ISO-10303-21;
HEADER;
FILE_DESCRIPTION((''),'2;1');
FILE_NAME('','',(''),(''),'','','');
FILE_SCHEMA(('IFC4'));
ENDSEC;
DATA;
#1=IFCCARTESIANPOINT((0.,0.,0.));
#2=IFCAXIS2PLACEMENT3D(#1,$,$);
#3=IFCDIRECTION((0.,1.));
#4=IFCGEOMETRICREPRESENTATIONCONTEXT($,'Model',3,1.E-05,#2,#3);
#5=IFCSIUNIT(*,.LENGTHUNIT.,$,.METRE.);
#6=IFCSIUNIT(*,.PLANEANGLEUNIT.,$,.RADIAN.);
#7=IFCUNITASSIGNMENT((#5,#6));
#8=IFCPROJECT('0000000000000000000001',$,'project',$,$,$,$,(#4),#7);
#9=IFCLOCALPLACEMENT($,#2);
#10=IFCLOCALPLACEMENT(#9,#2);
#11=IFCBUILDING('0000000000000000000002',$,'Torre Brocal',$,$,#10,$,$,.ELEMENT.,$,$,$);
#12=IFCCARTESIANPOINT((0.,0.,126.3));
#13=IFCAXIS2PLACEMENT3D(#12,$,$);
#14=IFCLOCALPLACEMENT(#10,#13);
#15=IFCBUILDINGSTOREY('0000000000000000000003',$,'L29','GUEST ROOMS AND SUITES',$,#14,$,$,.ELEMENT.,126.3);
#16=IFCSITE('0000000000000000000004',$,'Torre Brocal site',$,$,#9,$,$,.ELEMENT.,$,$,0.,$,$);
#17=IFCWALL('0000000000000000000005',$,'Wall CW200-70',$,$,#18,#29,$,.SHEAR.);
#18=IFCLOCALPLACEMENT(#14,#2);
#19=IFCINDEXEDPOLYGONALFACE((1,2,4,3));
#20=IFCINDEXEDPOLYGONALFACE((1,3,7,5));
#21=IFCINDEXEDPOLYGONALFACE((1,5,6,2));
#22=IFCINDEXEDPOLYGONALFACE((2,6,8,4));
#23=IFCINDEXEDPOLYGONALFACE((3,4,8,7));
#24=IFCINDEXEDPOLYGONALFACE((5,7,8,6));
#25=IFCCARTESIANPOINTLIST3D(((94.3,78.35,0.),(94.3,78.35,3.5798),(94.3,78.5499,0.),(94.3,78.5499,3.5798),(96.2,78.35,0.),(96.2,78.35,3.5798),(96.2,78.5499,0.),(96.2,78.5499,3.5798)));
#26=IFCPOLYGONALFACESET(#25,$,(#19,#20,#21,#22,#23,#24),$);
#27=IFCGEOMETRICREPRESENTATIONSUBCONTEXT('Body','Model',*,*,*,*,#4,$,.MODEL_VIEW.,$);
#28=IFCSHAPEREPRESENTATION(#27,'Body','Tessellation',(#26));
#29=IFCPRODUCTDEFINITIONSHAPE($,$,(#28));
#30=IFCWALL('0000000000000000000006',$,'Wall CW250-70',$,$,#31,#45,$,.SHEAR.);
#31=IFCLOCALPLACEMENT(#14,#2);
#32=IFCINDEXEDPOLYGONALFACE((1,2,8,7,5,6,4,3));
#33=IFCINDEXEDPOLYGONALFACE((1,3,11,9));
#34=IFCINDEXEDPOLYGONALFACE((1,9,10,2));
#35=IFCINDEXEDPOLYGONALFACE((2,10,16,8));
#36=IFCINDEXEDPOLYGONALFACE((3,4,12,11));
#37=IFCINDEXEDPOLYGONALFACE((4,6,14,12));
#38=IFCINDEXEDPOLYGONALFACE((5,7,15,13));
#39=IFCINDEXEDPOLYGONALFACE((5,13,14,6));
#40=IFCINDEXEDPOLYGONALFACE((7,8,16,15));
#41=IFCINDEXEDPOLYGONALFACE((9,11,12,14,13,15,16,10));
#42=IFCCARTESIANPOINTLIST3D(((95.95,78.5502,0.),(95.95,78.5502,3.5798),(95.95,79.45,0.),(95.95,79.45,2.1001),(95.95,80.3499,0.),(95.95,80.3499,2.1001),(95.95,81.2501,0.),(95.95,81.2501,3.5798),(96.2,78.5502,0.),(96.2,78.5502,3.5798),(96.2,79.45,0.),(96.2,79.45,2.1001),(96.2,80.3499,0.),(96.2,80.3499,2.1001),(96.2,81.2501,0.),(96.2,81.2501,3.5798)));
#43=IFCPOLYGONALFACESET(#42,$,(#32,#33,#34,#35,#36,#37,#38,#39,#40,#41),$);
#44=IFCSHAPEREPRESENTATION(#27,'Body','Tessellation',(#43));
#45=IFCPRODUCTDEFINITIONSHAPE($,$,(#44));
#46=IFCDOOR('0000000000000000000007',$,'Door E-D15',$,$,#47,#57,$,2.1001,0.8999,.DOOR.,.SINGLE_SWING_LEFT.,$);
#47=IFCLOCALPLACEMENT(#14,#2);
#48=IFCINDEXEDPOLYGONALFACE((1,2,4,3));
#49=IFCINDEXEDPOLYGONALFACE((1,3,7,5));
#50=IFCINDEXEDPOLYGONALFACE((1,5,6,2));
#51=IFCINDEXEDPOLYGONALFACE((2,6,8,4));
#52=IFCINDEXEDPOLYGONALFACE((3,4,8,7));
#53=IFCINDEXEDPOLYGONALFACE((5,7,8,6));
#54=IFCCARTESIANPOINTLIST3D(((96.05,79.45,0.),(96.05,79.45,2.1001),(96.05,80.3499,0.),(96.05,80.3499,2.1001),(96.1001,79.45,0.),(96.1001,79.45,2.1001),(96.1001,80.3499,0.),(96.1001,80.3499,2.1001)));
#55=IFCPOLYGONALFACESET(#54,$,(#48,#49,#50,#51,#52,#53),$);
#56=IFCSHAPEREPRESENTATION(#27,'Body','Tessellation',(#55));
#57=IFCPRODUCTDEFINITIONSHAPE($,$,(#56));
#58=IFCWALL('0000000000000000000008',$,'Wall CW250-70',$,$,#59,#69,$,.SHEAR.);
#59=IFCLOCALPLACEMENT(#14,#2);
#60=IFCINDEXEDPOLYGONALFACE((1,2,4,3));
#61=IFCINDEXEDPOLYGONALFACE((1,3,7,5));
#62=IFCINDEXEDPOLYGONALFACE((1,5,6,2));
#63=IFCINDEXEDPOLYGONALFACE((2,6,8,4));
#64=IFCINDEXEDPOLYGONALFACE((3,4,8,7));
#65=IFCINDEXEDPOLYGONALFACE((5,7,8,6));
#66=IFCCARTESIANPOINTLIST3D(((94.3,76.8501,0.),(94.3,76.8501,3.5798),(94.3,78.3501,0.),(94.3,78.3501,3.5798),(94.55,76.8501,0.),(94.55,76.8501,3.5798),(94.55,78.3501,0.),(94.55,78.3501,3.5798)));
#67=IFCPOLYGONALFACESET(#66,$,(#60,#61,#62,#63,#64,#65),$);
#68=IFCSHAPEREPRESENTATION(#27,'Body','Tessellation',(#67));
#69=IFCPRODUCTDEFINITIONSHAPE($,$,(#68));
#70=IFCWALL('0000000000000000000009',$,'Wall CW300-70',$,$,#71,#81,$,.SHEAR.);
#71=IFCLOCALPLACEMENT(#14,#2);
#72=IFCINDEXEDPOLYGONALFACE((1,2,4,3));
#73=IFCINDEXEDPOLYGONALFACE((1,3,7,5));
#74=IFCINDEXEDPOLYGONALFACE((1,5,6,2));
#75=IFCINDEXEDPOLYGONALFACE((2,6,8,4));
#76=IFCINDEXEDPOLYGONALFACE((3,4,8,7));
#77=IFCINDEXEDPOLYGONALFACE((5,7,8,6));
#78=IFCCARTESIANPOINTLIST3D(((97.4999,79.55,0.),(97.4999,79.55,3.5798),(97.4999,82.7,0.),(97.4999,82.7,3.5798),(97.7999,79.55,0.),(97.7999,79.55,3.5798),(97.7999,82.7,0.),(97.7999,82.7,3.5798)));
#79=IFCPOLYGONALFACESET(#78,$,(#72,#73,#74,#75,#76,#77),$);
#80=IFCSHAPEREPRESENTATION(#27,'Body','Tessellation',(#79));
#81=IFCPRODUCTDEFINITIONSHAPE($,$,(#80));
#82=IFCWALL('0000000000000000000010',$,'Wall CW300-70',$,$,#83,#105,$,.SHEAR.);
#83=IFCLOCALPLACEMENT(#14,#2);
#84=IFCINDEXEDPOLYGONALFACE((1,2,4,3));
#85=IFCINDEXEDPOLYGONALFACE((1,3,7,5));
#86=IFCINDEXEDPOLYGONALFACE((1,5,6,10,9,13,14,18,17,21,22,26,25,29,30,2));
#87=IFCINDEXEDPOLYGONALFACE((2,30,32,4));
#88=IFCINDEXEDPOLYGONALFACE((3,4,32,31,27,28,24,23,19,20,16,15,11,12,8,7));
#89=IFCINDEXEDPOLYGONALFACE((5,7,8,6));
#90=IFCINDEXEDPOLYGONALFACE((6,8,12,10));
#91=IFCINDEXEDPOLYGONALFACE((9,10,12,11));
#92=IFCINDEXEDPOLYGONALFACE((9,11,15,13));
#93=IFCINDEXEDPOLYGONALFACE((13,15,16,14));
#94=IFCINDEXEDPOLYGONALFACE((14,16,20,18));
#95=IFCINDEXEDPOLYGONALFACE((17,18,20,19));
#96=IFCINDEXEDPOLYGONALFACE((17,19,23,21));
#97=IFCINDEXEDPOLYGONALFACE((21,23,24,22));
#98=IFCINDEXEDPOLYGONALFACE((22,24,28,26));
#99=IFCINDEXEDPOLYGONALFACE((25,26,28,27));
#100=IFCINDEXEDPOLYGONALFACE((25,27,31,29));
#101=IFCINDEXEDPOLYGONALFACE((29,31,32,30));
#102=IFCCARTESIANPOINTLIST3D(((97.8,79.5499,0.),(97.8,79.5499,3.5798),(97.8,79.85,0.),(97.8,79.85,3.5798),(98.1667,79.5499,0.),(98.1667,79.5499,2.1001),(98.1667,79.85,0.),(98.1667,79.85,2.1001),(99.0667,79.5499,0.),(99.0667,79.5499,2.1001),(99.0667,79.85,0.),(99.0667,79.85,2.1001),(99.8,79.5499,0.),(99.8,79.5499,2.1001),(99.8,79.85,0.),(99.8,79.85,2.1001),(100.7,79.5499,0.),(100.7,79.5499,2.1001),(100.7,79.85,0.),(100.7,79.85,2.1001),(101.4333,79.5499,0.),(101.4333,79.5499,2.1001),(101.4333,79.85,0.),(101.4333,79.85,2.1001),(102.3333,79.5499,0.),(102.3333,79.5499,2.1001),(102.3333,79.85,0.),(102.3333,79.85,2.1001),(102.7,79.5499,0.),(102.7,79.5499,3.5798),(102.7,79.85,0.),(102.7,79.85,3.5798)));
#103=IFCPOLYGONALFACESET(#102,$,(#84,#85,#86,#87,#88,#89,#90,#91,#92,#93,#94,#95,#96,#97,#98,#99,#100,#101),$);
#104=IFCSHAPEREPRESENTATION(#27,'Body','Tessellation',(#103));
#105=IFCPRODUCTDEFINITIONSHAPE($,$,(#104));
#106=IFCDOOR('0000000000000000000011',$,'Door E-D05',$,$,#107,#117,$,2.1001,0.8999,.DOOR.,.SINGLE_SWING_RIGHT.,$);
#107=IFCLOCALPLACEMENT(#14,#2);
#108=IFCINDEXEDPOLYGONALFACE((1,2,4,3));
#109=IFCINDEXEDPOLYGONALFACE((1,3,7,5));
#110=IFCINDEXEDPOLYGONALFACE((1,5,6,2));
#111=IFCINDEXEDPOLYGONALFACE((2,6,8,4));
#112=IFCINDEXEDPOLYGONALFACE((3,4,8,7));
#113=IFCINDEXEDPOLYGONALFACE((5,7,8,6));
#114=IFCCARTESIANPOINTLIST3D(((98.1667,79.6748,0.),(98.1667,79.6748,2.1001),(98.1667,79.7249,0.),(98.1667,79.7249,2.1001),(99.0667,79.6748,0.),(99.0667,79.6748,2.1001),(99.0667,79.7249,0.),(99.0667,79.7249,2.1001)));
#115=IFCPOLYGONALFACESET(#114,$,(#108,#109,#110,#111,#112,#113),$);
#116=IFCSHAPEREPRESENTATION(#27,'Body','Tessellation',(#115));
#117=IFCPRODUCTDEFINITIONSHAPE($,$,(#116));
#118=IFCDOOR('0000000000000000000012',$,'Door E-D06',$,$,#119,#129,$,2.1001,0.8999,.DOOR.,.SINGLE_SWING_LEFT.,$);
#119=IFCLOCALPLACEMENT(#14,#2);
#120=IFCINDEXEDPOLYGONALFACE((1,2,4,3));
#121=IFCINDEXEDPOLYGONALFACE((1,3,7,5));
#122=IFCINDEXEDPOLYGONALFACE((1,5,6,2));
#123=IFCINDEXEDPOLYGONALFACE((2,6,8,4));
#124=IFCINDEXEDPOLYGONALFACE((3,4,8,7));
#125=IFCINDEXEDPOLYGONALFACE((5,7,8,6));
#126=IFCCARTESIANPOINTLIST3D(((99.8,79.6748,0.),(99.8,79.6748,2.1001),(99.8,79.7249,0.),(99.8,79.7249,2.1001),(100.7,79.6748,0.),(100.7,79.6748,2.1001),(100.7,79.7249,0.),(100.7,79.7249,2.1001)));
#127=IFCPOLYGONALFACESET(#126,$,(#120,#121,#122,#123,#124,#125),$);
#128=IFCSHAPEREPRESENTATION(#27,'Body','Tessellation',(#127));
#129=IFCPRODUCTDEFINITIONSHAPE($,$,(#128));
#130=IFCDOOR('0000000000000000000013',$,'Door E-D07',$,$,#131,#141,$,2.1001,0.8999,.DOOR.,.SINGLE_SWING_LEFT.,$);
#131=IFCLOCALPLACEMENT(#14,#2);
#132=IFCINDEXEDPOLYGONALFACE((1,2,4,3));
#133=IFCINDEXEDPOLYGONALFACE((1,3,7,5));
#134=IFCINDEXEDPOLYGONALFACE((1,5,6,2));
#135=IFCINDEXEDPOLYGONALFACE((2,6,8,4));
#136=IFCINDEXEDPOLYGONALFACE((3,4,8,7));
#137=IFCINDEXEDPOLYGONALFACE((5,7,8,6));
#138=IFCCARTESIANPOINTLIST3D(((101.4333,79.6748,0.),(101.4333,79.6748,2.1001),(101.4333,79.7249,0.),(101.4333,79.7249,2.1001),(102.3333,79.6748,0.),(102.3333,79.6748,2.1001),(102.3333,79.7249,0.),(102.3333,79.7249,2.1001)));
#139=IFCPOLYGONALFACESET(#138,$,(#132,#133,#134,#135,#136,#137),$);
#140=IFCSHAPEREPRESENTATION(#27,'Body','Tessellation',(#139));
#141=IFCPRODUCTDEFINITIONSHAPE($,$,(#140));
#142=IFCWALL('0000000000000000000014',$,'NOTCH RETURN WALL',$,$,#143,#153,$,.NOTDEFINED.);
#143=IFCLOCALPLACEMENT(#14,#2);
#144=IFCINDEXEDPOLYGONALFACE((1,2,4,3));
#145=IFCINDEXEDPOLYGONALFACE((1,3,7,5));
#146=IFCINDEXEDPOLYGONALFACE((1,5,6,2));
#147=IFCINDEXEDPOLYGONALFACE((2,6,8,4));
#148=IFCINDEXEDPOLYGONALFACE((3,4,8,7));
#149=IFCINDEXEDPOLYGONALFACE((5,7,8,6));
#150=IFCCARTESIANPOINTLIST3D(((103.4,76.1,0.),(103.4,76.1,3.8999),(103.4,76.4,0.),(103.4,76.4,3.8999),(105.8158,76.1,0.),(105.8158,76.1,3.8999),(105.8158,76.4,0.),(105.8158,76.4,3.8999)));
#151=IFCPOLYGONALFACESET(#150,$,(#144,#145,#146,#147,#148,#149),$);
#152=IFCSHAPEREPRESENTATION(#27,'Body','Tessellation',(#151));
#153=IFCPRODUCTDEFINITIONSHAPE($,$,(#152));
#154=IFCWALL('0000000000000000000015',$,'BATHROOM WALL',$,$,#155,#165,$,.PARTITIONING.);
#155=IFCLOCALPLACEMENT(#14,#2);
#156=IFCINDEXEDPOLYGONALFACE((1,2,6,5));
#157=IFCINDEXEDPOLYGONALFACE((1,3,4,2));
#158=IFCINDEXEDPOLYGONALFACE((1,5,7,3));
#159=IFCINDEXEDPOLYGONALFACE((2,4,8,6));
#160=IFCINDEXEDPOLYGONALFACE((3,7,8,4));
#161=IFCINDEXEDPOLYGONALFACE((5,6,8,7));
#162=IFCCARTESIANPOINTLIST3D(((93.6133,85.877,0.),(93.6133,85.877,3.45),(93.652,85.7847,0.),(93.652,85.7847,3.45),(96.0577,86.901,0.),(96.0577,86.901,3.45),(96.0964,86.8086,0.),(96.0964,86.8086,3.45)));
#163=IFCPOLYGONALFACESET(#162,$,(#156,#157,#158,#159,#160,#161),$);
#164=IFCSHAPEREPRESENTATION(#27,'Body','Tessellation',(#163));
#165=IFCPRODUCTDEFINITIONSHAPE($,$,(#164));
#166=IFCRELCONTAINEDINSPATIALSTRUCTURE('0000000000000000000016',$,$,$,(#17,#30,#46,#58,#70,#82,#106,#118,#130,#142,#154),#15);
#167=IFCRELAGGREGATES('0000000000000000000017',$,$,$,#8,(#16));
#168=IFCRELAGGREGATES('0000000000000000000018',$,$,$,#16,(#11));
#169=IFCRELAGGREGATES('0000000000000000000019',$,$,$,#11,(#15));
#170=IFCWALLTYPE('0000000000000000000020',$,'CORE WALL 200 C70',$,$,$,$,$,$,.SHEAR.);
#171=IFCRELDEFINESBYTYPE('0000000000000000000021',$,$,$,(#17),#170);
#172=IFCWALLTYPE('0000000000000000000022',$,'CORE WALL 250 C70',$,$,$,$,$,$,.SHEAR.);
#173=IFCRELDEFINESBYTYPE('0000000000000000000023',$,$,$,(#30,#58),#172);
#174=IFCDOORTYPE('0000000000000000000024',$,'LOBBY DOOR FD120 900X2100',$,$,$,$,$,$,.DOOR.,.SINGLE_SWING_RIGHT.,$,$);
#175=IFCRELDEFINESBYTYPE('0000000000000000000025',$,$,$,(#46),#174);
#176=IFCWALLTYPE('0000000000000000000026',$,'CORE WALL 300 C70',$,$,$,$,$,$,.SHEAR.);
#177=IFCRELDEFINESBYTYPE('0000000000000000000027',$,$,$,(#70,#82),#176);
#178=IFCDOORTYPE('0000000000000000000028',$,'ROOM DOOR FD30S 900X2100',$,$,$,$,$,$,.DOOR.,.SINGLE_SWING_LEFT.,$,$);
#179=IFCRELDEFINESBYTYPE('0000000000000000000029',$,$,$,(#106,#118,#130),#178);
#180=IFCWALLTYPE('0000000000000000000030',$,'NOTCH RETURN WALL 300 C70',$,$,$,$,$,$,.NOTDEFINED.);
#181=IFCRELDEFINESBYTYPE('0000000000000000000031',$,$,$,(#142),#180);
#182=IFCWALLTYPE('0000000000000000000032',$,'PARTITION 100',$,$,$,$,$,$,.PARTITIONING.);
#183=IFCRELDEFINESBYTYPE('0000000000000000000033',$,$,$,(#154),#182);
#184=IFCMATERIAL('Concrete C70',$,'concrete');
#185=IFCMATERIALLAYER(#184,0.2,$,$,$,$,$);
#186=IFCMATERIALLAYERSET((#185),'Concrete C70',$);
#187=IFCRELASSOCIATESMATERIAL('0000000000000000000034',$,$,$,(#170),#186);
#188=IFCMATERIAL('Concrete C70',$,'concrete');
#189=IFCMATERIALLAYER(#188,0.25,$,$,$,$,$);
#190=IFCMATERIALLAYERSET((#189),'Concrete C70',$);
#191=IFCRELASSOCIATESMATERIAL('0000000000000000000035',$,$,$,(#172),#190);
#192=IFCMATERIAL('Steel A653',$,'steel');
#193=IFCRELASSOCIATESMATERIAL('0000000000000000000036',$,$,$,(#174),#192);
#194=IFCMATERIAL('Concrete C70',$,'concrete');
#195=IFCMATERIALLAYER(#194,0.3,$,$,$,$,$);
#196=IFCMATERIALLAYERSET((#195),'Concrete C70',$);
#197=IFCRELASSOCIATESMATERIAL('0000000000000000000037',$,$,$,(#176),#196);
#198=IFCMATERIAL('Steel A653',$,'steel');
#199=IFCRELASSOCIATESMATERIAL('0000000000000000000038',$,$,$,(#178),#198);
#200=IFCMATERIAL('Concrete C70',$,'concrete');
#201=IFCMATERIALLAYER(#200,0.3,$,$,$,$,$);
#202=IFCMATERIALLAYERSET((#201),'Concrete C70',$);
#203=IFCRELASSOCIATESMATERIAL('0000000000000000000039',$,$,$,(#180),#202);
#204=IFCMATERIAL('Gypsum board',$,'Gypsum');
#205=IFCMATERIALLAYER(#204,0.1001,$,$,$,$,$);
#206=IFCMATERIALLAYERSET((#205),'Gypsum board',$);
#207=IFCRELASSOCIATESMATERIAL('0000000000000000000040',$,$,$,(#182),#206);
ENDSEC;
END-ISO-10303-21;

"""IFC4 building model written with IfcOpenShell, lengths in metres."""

from ifc_helpers import new_model, si_unit, direction, frame, frame_2d, origin, place, context, subcontext, project, spatial, rectangle, extrude, material, layer, layer_set, type_object, element, fill, save


model = new_model("IFC4")

# Units and contexts
model_context = context("Model", 3, precision=1e-05, world=origin(), true_north=direction((0.0, 1.0)))
body_context = subcontext(model_context, "Body", "Model", "MODEL_VIEW")
ifc_project = project(units=[si_unit("LENGTHUNIT", "METRE"), si_unit("PLANEANGLEUNIT", "RADIAN")], contexts=[model_context])

# Site, building, storey
site_placement = place(None, origin())
site = spatial("IfcSite", under=ifc_project, at=site_placement, Name="Torre Brocal site", CompositionType="ELEMENT", RefElevation=0.0)
building_placement = place(site_placement, origin())
building = spatial("IfcBuilding", under=site, at=building_placement, Name="Torre Brocal", CompositionType="ELEMENT")
storey_placement = place(building_placement, frame((0.0, 0.0, 126.3)))
storey = spatial("IfcBuildingStorey", under=building, at=storey_placement, Name="L29", Description="GUEST ROOMS AND SUITES", CompositionType="ELEMENT", Elevation=126.3)

# Wall
ifc_material_1 = material(Name="Concrete C70", Category="concrete")
ifc_layer_1 = layer(ifc_material_1, 0.2)
ifc_layer_set_1 = layer_set([ifc_layer_1], Name="Concrete C70")
wall_type_1 = type_object("IfcWallType", Name="CORE WALL 200 C70", PredefinedType="SHEAR", material=ifc_layer_set_1)
wall_1_placement = place(storey_placement, frame((94.3, 78.45, 0.0), z_axis=(0.0, 0.0, 1.0), x_axis=(1.0, 0.0, 0.0)))
element("IfcWall", 1, at=wall_1_placement, inside=storey, type_object=wall_type_1, Name="Wall CW200-70", PredefinedType="SHEAR", context=body_context, shape_type="SweptSolid", body=[
    extrude(rectangle(XDim=1.8999, YDim=0.2, at=frame_2d((0.95, 0.0))), origin(), (0.0, 0.0, 1.0), 3.5798),
])

# Wall, opening, door
ifc_material_2 = material(Name="Concrete C70", Category="concrete")
ifc_layer_2 = layer(ifc_material_2, 0.25)
ifc_layer_set_2 = layer_set([ifc_layer_2], Name="Concrete C70")
wall_type_2 = type_object("IfcWallType", Name="CORE WALL 250 C70", PredefinedType="SHEAR", material=ifc_layer_set_2)
wall_2_placement = place(storey_placement, frame((96.075, 78.55, 0.0), z_axis=(0.0, 0.0, 1.0), x_axis=(0.0, 1.0, 0.0)))
wall_2 = element("IfcWall", 2, at=wall_2_placement, inside=storey, type_object=wall_type_2, Name="Wall CW250-70", PredefinedType="SHEAR", context=body_context, shape_type="SweptSolid", body=[
    extrude(rectangle(XDim=2.7, YDim=0.25, at=frame_2d((1.3501, 0.0))), origin(), (0.0, 0.0, 1.0), 3.5798),
])
opening_1_placement = place(wall_2_placement, frame((0.8999, 0.0, 0.0)))
opening_1 = element("IfcOpeningElement", 3, at=opening_1_placement, cuts=wall_2, PredefinedType="OPENING", context=body_context, shape_type="SweptSolid", body=[
    extrude(rectangle(XDim=0.8999, YDim=2.1001, at=frame_2d((0.45, 1.05))), frame((0.0, 0.135, 0.0), z_axis=(0.0, -1.0, 0.0), x_axis=(1.0, 0.0, 0.0)), (0.0, 0.0, 1.0), 0.27),
])
ifc_material_3 = material(Name="Steel A653", Category="steel")
door_type_1 = type_object("IfcDoorType", Name="LOBBY DOOR FD120 900X2100", OperationType="SINGLE_SWING_RIGHT", PredefinedType="DOOR", material=ifc_material_3)
door_1_placement = place(opening_1_placement, origin())
door_1 = element("IfcDoor", 4, at=door_1_placement, inside=storey, type_object=door_type_1, Name="Door E-D15", OperationType="SINGLE_SWING_LEFT", OverallHeight=2.1001, OverallWidth=0.8999, PredefinedType="DOOR", context=body_context, shape_type="SweptSolid", body=[
    extrude(rectangle(XDim=0.8999, YDim=2.1001, at=frame_2d((0.45, 1.05))), frame((0.0, 0.0249, 0.0), z_axis=(0.0, -1.0, 0.0), x_axis=(1.0, 0.0, 0.0)), (0.0, 0.0, 1.0), 0.05),
])
fill(opening_1, door_1)

# Walls
wall_3_placement = place(storey_placement, frame((94.425, 76.8501, 0.0), z_axis=(0.0, 0.0, 1.0), x_axis=(0.0, 1.0, 0.0)))
element("IfcWall", 5, at=wall_3_placement, inside=storey, type_object=wall_type_2, Name="Wall CW250-70", PredefinedType="SHEAR", context=body_context, shape_type="SweptSolid", body=[
    extrude(rectangle(XDim=1.5, YDim=0.25, at=frame_2d((0.75, 0.0))), origin(), (0.0, 0.0, 1.0), 3.5798),
])
ifc_material_4 = material(Name="Concrete C70", Category="concrete")
ifc_layer_3 = layer(ifc_material_4, 0.3)
ifc_layer_set_3 = layer_set([ifc_layer_3], Name="Concrete C70")
wall_type_3 = type_object("IfcWallType", Name="CORE WALL 300 C70", PredefinedType="SHEAR", material=ifc_layer_set_3)
wall_4_placement = place(storey_placement, frame((97.6499, 79.55, 0.0), z_axis=(0.0, 0.0, 1.0), x_axis=(0.0, 1.0, 0.0)))
element("IfcWall", 6, at=wall_4_placement, inside=storey, type_object=wall_type_3, Name="Wall CW300-70", PredefinedType="SHEAR", context=body_context, shape_type="SweptSolid", body=[
    extrude(rectangle(XDim=3.1499, YDim=0.3, at=frame_2d((1.575, 0.0))), origin(), (0.0, 0.0, 1.0), 3.5798),
])

# Wall, openings, doors
wall_5_placement = place(storey_placement, frame((97.8, 79.7, 0.0), z_axis=(0.0, 0.0, 1.0), x_axis=(1.0, 0.0, 0.0)))
wall_5 = element("IfcWall", 7, at=wall_5_placement, inside=storey, type_object=wall_type_3, Name="Wall CW300-70", PredefinedType="SHEAR", context=body_context, shape_type="SweptSolid", body=[
    extrude(rectangle(XDim=4.8999, YDim=0.3, at=frame_2d((2.45, 0.0))), origin(), (0.0, 0.0, 1.0), 3.5798),
])
opening_2_placement = place(wall_5_placement, frame((0.3667, 0.0, 0.0)))
opening_2 = element("IfcOpeningElement", 8, at=opening_2_placement, cuts=wall_5, PredefinedType="OPENING", context=body_context, shape_type="SweptSolid", body=[
    extrude(rectangle(XDim=0.8999, YDim=2.1001, at=frame_2d((0.45, 1.05))), frame((0.0, 0.1599, 0.0), z_axis=(0.0, -1.0, 0.0), x_axis=(1.0, 0.0, 0.0)), (0.0, 0.0, 1.0), 0.3201),
])
opening_3_placement = place(wall_5_placement, frame((2.0, 0.0, 0.0)))
opening_3 = element("IfcOpeningElement", 9, at=opening_3_placement, cuts=wall_5, PredefinedType="OPENING", context=body_context, shape_type="SweptSolid", body=[
    extrude(rectangle(XDim=0.8999, YDim=2.1001, at=frame_2d((0.45, 1.05))), frame((0.0, 0.1599, 0.0), z_axis=(0.0, -1.0, 0.0), x_axis=(1.0, 0.0, 0.0)), (0.0, 0.0, 1.0), 0.3201),
])
opening_4_placement = place(wall_5_placement, frame((3.6333, 0.0, 0.0)))
opening_4 = element("IfcOpeningElement", 10, at=opening_4_placement, cuts=wall_5, PredefinedType="OPENING", context=body_context, shape_type="SweptSolid", body=[
    extrude(rectangle(XDim=0.8999, YDim=2.1001, at=frame_2d((0.45, 1.05))), frame((0.0, 0.1599, 0.0), z_axis=(0.0, -1.0, 0.0), x_axis=(1.0, 0.0, 0.0)), (0.0, 0.0, 1.0), 0.3201),
])
ifc_material_5 = material(Name="Steel A653", Category="steel")
door_type_2 = type_object("IfcDoorType", Name="ROOM DOOR FD30S 900X2100", OperationType="SINGLE_SWING_LEFT", PredefinedType="DOOR", material=ifc_material_5)
door_2_placement = place(opening_2_placement, origin())
door_2 = element("IfcDoor", 11, at=door_2_placement, inside=storey, type_object=door_type_2, Name="Door E-D05", OperationType="SINGLE_SWING_RIGHT", OverallHeight=2.1001, OverallWidth=0.8999, PredefinedType="DOOR", context=body_context, shape_type="SweptSolid", body=[
    extrude(rectangle(XDim=0.8999, YDim=2.1001, at=frame_2d((0.45, 1.05))), frame((0.0, 0.0249, 0.0), z_axis=(0.0, -1.0, 0.0), x_axis=(1.0, 0.0, 0.0)), (0.0, 0.0, 1.0), 0.05),
])
fill(opening_2, door_2)
door_3_placement = place(opening_3_placement, origin())
door_3 = element("IfcDoor", 12, at=door_3_placement, inside=storey, type_object=door_type_2, Name="Door E-D06", OperationType="SINGLE_SWING_LEFT", OverallHeight=2.1001, OverallWidth=0.8999, PredefinedType="DOOR", context=body_context, shape_type="SweptSolid", body=[
    extrude(rectangle(XDim=0.8999, YDim=2.1001, at=frame_2d((0.45, 1.05))), frame((0.0, 0.0249, 0.0), z_axis=(0.0, -1.0, 0.0), x_axis=(1.0, 0.0, 0.0)), (0.0, 0.0, 1.0), 0.05),
])
fill(opening_3, door_3)
door_4_placement = place(opening_4_placement, origin())
door_4 = element("IfcDoor", 13, at=door_4_placement, inside=storey, type_object=door_type_2, Name="Door E-D07", OperationType="SINGLE_SWING_LEFT", OverallHeight=2.1001, OverallWidth=0.8999, PredefinedType="DOOR", context=body_context, shape_type="SweptSolid", body=[
    extrude(rectangle(XDim=0.8999, YDim=2.1001, at=frame_2d((0.45, 1.05))), frame((0.0, 0.0249, 0.0), z_axis=(0.0, -1.0, 0.0), x_axis=(1.0, 0.0, 0.0)), (0.0, 0.0, 1.0), 0.05),
])
fill(opening_4, door_4)

# Walls
ifc_material_6 = material(Name="Concrete C70", Category="concrete")
ifc_layer_4 = layer(ifc_material_6, 0.3)
ifc_layer_set_4 = layer_set([ifc_layer_4], Name="Concrete C70")
wall_type_4 = type_object("IfcWallType", Name="NOTCH RETURN WALL 300 C70", PredefinedType="NOTDEFINED", material=ifc_layer_set_4)
wall_6_placement = place(storey_placement, frame((103.3999, 76.25, 0.0), z_axis=(0.0, 0.0, 1.0), x_axis=(1.0, 0.0, 0.0)))
element("IfcWall", 14, at=wall_6_placement, inside=storey, type_object=wall_type_4, Name="NOTCH RETURN WALL", PredefinedType="NOTDEFINED", context=body_context, shape_type="SweptSolid", body=[
    extrude(rectangle(XDim=2.4158, YDim=0.3, at=frame_2d((1.208, 0.0))), origin(), (0.0, 0.0, 1.0), 3.8999),
])
ifc_material_7 = material(Name="Gypsum board", Category="Gypsum")
ifc_layer_5 = layer(ifc_material_7, 0.1001)
ifc_layer_set_5 = layer_set([ifc_layer_5], Name="Gypsum board")
wall_type_5 = type_object("IfcWallType", Name="PARTITION 100", PredefinedType="PARTITIONING", material=ifc_layer_set_5)
wall_7_placement = place(storey_placement, frame((93.6326, 85.8308, 0.0), z_axis=(0.0, 0.0, 1.0), x_axis=(0.922345, 0.386368, 0.0)))
element("IfcWall", 15, at=wall_7_placement, inside=storey, type_object=wall_type_5, Name="BATHROOM WALL", PredefinedType="PARTITIONING", context=body_context, shape_type="SweptSolid", body=[
    extrude(rectangle(XDim=2.6501, YDim=0.1001, at=frame_2d((1.3252, 0.0))), origin(), (0.0, 0.0, 1.0), 3.45),
])

save(model, "model.ifc")
